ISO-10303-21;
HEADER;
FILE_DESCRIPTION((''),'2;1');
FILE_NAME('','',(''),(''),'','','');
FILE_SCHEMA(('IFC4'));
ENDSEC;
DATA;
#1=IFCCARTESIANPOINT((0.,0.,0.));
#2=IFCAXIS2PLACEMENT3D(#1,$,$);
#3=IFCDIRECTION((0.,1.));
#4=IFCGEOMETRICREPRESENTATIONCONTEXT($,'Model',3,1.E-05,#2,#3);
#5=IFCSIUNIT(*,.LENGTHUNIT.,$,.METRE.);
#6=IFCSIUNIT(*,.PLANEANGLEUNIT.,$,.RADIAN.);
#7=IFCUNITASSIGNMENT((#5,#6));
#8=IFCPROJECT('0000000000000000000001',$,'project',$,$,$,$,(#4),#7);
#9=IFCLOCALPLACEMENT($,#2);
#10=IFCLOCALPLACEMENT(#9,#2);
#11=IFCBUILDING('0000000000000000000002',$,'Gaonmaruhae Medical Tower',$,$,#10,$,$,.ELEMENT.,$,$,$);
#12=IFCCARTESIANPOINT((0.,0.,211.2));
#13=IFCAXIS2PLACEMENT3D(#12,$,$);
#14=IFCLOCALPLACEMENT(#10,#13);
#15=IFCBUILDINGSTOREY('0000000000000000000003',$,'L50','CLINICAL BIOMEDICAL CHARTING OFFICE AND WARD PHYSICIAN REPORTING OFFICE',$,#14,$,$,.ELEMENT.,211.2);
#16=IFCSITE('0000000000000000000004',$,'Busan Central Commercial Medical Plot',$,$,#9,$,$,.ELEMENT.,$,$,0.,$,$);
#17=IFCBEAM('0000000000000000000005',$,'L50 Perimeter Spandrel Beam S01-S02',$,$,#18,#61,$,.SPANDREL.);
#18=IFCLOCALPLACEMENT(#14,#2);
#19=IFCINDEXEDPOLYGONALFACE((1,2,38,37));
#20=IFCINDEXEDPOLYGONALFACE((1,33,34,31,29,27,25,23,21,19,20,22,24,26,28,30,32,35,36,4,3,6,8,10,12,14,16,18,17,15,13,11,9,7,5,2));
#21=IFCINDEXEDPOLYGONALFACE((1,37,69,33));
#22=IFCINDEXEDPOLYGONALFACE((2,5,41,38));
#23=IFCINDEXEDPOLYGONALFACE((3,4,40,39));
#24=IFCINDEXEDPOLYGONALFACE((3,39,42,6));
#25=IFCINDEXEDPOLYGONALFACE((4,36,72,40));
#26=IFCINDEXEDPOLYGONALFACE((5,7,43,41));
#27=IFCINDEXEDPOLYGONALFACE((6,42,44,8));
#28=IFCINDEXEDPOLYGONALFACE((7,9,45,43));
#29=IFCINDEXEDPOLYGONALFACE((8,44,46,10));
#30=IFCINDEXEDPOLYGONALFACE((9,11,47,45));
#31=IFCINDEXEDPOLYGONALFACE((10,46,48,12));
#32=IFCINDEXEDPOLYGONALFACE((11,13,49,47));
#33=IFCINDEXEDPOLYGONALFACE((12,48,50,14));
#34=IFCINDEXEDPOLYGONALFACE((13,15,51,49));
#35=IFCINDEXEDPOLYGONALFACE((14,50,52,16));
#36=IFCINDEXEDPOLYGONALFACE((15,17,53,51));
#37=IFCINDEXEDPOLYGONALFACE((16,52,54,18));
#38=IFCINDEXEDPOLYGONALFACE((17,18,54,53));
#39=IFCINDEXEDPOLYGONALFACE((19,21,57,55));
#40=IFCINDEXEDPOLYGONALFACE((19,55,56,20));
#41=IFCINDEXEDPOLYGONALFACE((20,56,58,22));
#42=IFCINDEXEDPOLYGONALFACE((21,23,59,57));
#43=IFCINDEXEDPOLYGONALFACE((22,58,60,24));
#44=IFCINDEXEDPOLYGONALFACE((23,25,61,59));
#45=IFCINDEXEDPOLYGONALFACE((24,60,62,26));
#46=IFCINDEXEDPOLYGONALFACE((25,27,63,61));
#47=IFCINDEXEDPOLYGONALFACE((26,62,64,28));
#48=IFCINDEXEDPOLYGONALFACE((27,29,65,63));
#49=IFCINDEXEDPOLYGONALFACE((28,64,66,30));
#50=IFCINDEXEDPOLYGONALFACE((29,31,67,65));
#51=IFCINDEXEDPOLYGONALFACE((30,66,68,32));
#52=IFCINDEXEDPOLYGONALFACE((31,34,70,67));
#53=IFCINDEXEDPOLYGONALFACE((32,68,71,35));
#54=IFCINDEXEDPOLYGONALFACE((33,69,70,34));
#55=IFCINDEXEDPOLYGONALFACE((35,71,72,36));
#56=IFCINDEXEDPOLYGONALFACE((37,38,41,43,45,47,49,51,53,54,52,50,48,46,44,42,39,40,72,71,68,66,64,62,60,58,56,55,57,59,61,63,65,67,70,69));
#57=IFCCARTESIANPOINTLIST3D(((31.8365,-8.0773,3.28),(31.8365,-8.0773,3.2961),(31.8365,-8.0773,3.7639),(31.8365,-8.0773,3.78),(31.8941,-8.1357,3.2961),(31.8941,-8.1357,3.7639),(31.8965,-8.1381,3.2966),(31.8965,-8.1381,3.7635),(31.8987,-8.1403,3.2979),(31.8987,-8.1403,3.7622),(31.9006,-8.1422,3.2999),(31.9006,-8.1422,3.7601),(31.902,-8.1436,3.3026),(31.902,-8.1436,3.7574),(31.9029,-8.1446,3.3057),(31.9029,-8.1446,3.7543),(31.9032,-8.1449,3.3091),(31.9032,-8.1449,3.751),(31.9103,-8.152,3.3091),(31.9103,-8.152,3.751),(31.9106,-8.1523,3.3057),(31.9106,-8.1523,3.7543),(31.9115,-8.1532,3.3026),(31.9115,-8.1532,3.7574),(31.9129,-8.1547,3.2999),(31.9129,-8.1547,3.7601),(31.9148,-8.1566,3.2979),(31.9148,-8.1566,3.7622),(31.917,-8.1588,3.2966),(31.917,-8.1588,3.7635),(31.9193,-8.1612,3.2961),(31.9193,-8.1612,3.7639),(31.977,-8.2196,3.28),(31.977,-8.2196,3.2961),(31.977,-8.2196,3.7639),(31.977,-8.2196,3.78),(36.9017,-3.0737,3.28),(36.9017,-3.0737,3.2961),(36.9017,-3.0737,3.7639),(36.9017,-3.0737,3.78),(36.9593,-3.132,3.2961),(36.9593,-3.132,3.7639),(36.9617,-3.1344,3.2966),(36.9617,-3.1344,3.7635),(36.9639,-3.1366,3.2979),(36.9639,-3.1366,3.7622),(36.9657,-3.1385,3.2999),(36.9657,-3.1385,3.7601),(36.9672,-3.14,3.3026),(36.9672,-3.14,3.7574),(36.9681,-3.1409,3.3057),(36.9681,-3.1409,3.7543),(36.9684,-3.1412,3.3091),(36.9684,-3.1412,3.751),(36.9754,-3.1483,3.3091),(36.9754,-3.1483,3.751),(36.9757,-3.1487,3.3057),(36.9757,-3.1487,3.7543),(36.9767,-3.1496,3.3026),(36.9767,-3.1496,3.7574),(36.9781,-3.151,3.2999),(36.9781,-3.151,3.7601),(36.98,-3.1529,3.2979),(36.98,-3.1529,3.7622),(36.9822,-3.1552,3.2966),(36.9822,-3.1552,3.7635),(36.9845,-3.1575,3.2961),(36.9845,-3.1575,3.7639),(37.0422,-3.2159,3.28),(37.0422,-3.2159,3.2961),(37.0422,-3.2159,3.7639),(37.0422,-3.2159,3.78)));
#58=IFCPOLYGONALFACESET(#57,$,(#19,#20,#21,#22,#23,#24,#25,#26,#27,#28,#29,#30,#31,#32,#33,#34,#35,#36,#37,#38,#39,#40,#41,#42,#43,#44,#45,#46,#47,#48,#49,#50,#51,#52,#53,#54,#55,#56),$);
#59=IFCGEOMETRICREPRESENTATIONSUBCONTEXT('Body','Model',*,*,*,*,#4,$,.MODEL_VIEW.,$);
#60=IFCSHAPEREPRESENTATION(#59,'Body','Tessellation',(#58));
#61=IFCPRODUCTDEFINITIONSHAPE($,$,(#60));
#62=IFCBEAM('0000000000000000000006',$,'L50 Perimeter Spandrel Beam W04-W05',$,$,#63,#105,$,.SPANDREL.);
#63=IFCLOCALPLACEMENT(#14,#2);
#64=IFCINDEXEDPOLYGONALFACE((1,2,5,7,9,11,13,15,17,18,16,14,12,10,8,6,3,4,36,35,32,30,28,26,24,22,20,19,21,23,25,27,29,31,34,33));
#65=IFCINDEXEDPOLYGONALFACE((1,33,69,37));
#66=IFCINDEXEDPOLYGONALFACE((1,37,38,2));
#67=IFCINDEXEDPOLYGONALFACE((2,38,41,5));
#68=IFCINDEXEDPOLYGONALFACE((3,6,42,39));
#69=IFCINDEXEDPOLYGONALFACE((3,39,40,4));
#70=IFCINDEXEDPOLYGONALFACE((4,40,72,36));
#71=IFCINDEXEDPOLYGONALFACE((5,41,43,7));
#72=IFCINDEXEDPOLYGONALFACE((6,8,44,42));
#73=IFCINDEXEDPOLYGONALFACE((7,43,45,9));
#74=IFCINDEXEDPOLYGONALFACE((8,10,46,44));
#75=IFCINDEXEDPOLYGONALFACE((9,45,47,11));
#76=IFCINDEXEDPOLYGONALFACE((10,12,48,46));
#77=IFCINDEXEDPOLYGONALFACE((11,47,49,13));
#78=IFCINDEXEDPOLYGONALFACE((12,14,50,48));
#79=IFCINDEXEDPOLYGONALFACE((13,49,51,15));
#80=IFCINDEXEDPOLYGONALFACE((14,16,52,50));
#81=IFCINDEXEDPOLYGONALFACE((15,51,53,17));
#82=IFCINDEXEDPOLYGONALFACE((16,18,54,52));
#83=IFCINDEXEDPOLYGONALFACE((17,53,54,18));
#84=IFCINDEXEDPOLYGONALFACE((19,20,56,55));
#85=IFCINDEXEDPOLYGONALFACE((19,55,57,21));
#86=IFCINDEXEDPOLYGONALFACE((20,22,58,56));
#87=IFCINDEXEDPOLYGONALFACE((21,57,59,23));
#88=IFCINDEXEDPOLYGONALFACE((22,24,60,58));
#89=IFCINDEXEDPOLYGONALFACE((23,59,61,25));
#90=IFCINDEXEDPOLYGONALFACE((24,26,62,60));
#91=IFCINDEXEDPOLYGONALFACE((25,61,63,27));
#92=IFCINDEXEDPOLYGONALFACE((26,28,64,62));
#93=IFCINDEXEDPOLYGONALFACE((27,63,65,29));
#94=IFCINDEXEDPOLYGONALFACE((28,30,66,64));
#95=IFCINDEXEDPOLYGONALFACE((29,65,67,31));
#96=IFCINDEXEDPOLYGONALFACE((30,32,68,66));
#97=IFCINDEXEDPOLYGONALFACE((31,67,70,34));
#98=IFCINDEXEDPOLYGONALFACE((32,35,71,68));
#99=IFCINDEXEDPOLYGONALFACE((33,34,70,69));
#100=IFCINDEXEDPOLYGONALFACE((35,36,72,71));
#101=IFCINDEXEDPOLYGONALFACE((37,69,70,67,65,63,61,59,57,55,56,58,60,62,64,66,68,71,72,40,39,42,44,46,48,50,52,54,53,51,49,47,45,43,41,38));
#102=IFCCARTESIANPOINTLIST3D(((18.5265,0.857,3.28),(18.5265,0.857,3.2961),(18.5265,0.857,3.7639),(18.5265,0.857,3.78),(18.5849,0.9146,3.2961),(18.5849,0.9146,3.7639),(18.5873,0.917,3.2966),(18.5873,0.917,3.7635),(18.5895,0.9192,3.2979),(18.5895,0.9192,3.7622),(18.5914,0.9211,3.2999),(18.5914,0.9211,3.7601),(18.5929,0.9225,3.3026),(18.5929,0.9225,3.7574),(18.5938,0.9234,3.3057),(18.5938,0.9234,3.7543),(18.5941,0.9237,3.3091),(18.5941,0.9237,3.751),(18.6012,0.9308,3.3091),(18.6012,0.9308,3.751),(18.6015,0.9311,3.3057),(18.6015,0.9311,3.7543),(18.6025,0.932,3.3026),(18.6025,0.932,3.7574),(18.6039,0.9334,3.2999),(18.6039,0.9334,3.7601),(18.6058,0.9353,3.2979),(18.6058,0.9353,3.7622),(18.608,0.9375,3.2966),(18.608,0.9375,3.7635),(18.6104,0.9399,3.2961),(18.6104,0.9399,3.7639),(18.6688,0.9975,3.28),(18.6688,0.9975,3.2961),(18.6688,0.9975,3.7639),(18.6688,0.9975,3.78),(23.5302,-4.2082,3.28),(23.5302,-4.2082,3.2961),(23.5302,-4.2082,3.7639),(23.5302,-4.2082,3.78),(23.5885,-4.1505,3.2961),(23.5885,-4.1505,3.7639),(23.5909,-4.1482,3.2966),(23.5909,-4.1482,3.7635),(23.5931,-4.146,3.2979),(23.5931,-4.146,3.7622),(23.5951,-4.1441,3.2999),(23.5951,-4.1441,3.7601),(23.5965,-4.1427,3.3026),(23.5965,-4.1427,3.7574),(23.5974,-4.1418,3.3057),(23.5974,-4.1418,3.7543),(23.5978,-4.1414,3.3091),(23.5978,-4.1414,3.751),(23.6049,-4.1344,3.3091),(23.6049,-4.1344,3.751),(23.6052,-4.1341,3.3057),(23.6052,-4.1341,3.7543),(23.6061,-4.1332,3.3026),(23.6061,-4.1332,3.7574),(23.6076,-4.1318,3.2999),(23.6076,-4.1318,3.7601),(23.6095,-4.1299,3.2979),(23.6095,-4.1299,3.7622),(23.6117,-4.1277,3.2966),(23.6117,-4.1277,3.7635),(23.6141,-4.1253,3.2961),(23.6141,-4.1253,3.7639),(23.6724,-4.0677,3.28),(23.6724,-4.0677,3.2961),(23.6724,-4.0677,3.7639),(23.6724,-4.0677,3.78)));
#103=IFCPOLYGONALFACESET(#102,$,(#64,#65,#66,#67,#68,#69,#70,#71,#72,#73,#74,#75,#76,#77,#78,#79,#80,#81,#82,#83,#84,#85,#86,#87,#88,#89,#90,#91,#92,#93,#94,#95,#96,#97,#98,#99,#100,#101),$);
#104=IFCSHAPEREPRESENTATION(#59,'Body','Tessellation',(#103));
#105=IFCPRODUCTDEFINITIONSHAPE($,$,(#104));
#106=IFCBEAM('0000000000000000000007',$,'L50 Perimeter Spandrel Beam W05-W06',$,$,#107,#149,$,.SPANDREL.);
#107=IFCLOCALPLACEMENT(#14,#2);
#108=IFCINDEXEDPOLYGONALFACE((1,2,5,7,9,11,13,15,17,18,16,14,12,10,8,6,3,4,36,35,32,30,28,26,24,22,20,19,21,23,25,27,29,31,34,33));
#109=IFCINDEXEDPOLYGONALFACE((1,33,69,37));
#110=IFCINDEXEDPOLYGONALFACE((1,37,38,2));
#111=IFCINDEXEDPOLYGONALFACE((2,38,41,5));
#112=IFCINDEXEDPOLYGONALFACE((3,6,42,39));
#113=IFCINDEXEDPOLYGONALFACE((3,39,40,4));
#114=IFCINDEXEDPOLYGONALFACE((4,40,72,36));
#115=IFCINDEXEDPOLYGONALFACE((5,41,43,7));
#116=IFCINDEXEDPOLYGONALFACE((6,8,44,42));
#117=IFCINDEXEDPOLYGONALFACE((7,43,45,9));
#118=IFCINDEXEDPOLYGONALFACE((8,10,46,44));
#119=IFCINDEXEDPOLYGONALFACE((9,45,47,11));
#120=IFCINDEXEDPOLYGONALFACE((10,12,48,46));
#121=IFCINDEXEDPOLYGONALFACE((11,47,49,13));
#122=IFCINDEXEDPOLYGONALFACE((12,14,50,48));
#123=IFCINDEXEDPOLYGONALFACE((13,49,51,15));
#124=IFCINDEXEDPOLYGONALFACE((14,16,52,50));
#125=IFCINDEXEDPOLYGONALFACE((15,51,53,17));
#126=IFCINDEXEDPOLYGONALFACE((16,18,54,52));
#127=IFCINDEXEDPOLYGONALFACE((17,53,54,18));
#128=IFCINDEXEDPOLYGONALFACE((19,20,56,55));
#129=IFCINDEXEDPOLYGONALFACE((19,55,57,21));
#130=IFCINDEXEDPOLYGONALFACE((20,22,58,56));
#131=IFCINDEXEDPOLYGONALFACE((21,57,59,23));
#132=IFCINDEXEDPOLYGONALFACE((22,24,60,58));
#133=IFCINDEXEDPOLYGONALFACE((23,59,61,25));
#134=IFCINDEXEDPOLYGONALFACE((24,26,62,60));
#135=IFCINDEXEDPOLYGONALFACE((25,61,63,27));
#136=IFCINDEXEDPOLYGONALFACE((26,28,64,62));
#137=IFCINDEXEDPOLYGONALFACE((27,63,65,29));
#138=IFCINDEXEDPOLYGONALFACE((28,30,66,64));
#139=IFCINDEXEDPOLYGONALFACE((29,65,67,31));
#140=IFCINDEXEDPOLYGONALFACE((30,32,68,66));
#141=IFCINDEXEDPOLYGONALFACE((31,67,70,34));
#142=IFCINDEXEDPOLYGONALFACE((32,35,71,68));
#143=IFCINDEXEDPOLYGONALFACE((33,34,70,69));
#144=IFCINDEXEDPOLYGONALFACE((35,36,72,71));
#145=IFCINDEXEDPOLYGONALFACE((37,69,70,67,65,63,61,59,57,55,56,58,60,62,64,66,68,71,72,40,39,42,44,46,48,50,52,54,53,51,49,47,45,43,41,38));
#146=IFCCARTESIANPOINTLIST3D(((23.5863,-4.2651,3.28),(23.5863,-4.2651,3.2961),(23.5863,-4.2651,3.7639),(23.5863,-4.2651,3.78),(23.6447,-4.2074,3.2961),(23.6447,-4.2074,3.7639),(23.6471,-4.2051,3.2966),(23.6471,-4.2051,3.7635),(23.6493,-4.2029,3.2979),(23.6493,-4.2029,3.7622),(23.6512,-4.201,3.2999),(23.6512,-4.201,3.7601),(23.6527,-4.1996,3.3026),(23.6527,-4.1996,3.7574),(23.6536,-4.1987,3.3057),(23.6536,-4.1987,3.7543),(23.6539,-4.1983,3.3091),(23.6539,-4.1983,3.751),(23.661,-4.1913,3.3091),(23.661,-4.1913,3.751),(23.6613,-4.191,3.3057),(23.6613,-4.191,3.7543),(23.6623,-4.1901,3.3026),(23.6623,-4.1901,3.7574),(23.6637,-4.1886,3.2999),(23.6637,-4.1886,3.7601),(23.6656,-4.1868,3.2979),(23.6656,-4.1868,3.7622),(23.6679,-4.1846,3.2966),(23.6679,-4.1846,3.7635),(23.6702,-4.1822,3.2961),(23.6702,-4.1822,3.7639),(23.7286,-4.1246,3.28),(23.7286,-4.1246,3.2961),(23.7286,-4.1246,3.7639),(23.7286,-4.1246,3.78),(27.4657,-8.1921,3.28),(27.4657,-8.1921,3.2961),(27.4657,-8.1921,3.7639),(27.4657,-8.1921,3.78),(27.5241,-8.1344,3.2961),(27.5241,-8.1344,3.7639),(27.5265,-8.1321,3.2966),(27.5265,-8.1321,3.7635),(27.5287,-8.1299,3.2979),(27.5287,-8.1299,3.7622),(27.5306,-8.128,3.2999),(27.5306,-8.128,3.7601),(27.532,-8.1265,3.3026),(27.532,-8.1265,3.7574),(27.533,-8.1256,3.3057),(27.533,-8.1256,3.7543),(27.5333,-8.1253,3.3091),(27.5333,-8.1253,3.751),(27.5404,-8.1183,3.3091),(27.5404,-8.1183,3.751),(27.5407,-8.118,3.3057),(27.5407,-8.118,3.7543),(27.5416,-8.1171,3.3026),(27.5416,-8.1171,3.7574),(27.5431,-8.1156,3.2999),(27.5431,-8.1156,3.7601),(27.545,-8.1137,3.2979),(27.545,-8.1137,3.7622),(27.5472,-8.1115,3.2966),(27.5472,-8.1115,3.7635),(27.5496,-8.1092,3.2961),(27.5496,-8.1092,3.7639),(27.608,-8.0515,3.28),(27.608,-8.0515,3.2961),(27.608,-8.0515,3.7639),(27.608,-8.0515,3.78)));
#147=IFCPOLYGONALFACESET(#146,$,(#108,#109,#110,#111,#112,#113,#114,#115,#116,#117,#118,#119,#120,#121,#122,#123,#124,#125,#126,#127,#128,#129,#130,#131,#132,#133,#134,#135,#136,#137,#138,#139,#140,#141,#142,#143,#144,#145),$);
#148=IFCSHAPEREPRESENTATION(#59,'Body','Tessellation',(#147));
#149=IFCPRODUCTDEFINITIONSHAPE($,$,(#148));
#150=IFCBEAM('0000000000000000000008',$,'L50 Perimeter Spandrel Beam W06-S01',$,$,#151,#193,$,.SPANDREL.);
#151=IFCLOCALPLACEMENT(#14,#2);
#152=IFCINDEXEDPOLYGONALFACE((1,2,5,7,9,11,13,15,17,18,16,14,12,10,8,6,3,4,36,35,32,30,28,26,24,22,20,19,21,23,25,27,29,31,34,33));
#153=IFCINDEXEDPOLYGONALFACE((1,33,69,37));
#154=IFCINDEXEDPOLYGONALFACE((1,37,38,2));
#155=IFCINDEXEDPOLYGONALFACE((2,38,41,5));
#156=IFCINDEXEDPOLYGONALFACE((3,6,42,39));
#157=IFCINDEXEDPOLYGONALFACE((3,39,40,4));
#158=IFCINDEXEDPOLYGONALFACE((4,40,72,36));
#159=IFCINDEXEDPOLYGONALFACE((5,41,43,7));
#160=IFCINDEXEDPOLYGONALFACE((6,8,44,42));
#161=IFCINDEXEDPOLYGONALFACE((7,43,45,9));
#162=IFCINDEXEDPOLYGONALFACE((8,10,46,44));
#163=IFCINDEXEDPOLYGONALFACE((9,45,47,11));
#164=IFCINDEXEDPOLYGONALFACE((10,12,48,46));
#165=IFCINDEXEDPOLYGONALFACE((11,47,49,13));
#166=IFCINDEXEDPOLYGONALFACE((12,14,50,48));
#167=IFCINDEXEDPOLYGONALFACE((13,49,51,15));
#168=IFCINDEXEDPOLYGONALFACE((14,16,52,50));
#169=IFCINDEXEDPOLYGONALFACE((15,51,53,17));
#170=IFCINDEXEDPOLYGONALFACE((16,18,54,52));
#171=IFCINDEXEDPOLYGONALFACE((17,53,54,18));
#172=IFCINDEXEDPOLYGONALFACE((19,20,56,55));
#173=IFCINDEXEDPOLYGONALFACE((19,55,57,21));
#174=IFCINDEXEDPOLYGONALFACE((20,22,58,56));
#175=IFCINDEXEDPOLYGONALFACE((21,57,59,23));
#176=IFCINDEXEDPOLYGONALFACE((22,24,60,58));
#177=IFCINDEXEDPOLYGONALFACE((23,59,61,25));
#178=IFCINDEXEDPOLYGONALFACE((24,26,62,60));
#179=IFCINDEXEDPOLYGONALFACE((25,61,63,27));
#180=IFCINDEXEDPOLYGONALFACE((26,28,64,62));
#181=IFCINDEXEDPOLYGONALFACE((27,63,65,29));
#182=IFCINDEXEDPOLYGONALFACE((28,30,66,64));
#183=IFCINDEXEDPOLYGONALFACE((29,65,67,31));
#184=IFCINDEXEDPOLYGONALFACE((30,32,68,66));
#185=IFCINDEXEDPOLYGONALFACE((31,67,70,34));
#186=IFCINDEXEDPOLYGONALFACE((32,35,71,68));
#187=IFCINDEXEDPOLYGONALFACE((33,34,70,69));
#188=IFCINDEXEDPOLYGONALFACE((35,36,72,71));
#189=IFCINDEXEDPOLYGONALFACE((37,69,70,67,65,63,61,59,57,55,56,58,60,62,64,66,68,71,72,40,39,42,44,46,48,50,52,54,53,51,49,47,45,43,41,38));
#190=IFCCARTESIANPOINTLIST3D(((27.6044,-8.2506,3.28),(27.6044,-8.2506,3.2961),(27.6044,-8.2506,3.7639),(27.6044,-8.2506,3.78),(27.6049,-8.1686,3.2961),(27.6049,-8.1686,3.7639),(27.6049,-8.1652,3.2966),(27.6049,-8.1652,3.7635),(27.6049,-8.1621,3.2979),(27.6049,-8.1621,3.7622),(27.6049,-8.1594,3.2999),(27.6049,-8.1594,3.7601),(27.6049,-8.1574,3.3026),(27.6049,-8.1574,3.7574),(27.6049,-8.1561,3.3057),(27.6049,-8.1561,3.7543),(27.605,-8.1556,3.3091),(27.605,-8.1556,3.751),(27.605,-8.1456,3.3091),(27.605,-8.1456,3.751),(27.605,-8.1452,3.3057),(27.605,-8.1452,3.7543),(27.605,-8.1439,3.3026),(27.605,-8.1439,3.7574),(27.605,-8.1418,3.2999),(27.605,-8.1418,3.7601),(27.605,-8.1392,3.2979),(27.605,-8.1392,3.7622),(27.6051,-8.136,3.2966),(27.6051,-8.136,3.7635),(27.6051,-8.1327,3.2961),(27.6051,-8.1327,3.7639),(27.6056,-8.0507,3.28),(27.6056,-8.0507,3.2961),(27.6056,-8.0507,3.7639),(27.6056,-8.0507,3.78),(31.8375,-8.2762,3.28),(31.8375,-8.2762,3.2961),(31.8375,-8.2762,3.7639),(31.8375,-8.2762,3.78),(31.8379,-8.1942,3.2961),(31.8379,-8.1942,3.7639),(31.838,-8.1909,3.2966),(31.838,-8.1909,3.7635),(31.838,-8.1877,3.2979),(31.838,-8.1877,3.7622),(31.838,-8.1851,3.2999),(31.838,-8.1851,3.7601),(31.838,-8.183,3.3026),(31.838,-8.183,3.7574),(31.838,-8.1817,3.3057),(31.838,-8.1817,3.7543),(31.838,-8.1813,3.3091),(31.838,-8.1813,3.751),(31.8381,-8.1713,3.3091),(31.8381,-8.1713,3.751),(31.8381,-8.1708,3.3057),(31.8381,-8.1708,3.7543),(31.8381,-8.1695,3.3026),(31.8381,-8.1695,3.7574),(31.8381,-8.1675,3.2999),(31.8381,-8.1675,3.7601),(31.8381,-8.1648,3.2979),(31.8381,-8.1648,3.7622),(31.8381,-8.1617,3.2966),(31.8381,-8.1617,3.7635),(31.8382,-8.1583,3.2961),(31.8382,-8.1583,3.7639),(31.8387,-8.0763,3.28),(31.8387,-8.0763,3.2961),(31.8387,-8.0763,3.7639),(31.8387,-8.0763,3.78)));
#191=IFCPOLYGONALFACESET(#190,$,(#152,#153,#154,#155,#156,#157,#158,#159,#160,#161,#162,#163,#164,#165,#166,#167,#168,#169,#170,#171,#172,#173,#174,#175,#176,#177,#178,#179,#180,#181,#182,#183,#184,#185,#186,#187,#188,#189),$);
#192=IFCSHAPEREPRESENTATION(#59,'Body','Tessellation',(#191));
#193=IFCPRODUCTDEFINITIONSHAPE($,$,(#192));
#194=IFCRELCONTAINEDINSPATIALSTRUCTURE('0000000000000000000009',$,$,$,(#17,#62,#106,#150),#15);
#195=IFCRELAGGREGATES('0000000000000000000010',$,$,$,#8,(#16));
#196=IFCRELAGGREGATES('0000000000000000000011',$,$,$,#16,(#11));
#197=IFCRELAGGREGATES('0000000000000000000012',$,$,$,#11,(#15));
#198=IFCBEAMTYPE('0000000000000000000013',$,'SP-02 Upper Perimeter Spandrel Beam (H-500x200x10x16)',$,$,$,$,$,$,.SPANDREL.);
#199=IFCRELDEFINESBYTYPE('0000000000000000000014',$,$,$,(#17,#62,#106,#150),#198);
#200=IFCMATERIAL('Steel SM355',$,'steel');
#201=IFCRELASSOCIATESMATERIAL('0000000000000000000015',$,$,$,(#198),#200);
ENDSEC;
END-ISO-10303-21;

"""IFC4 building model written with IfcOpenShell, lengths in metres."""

from ifc_helpers import new_model, si_unit, direction, frame, origin, origin_2d, place, context, subcontext, project, spatial, i_section, extrude, material, material_profile, profile_set, type_object, element, save


model = new_model("IFC4")

# Units and contexts
model_context = context("Model", 3, precision=1e-05, world=origin(), true_north=direction((0.0, 1.0)))
body_context = subcontext(model_context, "Body", "Model", "MODEL_VIEW")
ifc_project = project(units=[si_unit("LENGTHUNIT", "METRE"), si_unit("PLANEANGLEUNIT", "RADIAN")], contexts=[model_context])

# Site, building, storey
site_placement = place(None, origin())
site = spatial("IfcSite", under=ifc_project, at=site_placement, Name="Busan Central Commercial Medical Plot", CompositionType="ELEMENT", RefElevation=0.0)
building_placement = place(site_placement, origin())
building = spatial("IfcBuilding", under=site, at=building_placement, Name="Gaonmaruhae Medical Tower", CompositionType="ELEMENT")
storey_placement = place(building_placement, frame((0.0, 0.0, 211.2)))
storey = spatial("IfcBuildingStorey", under=building, at=storey_placement, Name="L50", Description="CLINICAL BIOMEDICAL CHARTING OFFICE AND WARD PHYSICIAN REPORTING OFFICE", CompositionType="ELEMENT", Elevation=211.2)

# Beams
ifc_material_1 = material(Name="Steel SM355", Category="steel")
ifc_material_profile_1 = material_profile(ifc_material_1, i_section(OverallWidth=0.2, OverallDepth=0.5, WebThickness=0.01, FlangeThickness=0.0161, FilletRadius=0.0129, at=origin_2d()), Name="H-500x200x10x16")
ifc_profile_set_1 = profile_set([ifc_material_profile_1], Name="Steel SM355")
beam_type_1 = type_object("IfcBeamType", Name="SP-02 Upper Perimeter Spandrel Beam (H-500x200x10x16)", PredefinedType="SPANDREL", material=ifc_profile_set_1)
for number, where, z_axis, x_axis, name in (
    (1, (31.9067, -8.1484, 3.53), (0.711414, 0.702773, 0.0), (-0.702773, 0.711414, 0.0), "L50 Perimeter Spandrel Beam S01-S02"),
    (2, (18.5977, 0.9272, 3.53), (0.702773, -0.711414, 0.0), (0.711414, 0.702773, 0.0), "L50 Perimeter Spandrel Beam W04-W05"),
):
    element("IfcBeam", number, at=place(storey_placement, frame(where, z_axis=z_axis, x_axis=x_axis)), inside=storey, type_object=beam_type_1, Name=name, PredefinedType="SPANDREL", context=body_context, shape_type="SweptSolid", body=[
        extrude(i_section(OverallWidth=0.2, OverallDepth=0.5, WebThickness=0.01, FlangeThickness=0.0161, FilletRadius=0.0129, at=origin_2d()), origin(), (0.0, 0.0, 1.0), 7.1199),
    ])
beam_1_placement = place(storey_placement, frame((23.6575, -4.1948, 3.53), z_axis=(0.702781, -0.711406, 0.0), x_axis=(0.711406, 0.702781, 0.0)))
element("IfcBeam", 3, at=beam_1_placement, inside=storey, type_object=beam_type_1, Name="L50 Perimeter Spandrel Beam W05-W06", PredefinedType="SPANDREL", context=body_context, shape_type="SweptSolid", body=[
    extrude(i_section(OverallWidth=0.2, OverallDepth=0.5, WebThickness=0.01, FlangeThickness=0.0161, FilletRadius=0.0129, at=origin_2d()), origin(), (0.0, 0.0, 1.0), 5.52),
])
beam_2_placement = place(storey_placement, frame((27.605, -8.1506, 3.53), z_axis=(0.999982, -0.006056, 0.0), x_axis=(0.006056, 0.999982, 0.0)))
element("IfcBeam", 4, at=beam_2_placement, inside=storey, type_object=beam_type_1, Name="L50 Perimeter Spandrel Beam W06-S01", PredefinedType="SPANDREL", context=body_context, shape_type="SweptSolid", body=[
    extrude(i_section(OverallWidth=0.2, OverallDepth=0.5, WebThickness=0.01, FlangeThickness=0.0161, FilletRadius=0.0129, at=origin_2d()), origin(), (0.0, 0.0, 1.0), 4.2332),
])

save(model, "model.ifc")
